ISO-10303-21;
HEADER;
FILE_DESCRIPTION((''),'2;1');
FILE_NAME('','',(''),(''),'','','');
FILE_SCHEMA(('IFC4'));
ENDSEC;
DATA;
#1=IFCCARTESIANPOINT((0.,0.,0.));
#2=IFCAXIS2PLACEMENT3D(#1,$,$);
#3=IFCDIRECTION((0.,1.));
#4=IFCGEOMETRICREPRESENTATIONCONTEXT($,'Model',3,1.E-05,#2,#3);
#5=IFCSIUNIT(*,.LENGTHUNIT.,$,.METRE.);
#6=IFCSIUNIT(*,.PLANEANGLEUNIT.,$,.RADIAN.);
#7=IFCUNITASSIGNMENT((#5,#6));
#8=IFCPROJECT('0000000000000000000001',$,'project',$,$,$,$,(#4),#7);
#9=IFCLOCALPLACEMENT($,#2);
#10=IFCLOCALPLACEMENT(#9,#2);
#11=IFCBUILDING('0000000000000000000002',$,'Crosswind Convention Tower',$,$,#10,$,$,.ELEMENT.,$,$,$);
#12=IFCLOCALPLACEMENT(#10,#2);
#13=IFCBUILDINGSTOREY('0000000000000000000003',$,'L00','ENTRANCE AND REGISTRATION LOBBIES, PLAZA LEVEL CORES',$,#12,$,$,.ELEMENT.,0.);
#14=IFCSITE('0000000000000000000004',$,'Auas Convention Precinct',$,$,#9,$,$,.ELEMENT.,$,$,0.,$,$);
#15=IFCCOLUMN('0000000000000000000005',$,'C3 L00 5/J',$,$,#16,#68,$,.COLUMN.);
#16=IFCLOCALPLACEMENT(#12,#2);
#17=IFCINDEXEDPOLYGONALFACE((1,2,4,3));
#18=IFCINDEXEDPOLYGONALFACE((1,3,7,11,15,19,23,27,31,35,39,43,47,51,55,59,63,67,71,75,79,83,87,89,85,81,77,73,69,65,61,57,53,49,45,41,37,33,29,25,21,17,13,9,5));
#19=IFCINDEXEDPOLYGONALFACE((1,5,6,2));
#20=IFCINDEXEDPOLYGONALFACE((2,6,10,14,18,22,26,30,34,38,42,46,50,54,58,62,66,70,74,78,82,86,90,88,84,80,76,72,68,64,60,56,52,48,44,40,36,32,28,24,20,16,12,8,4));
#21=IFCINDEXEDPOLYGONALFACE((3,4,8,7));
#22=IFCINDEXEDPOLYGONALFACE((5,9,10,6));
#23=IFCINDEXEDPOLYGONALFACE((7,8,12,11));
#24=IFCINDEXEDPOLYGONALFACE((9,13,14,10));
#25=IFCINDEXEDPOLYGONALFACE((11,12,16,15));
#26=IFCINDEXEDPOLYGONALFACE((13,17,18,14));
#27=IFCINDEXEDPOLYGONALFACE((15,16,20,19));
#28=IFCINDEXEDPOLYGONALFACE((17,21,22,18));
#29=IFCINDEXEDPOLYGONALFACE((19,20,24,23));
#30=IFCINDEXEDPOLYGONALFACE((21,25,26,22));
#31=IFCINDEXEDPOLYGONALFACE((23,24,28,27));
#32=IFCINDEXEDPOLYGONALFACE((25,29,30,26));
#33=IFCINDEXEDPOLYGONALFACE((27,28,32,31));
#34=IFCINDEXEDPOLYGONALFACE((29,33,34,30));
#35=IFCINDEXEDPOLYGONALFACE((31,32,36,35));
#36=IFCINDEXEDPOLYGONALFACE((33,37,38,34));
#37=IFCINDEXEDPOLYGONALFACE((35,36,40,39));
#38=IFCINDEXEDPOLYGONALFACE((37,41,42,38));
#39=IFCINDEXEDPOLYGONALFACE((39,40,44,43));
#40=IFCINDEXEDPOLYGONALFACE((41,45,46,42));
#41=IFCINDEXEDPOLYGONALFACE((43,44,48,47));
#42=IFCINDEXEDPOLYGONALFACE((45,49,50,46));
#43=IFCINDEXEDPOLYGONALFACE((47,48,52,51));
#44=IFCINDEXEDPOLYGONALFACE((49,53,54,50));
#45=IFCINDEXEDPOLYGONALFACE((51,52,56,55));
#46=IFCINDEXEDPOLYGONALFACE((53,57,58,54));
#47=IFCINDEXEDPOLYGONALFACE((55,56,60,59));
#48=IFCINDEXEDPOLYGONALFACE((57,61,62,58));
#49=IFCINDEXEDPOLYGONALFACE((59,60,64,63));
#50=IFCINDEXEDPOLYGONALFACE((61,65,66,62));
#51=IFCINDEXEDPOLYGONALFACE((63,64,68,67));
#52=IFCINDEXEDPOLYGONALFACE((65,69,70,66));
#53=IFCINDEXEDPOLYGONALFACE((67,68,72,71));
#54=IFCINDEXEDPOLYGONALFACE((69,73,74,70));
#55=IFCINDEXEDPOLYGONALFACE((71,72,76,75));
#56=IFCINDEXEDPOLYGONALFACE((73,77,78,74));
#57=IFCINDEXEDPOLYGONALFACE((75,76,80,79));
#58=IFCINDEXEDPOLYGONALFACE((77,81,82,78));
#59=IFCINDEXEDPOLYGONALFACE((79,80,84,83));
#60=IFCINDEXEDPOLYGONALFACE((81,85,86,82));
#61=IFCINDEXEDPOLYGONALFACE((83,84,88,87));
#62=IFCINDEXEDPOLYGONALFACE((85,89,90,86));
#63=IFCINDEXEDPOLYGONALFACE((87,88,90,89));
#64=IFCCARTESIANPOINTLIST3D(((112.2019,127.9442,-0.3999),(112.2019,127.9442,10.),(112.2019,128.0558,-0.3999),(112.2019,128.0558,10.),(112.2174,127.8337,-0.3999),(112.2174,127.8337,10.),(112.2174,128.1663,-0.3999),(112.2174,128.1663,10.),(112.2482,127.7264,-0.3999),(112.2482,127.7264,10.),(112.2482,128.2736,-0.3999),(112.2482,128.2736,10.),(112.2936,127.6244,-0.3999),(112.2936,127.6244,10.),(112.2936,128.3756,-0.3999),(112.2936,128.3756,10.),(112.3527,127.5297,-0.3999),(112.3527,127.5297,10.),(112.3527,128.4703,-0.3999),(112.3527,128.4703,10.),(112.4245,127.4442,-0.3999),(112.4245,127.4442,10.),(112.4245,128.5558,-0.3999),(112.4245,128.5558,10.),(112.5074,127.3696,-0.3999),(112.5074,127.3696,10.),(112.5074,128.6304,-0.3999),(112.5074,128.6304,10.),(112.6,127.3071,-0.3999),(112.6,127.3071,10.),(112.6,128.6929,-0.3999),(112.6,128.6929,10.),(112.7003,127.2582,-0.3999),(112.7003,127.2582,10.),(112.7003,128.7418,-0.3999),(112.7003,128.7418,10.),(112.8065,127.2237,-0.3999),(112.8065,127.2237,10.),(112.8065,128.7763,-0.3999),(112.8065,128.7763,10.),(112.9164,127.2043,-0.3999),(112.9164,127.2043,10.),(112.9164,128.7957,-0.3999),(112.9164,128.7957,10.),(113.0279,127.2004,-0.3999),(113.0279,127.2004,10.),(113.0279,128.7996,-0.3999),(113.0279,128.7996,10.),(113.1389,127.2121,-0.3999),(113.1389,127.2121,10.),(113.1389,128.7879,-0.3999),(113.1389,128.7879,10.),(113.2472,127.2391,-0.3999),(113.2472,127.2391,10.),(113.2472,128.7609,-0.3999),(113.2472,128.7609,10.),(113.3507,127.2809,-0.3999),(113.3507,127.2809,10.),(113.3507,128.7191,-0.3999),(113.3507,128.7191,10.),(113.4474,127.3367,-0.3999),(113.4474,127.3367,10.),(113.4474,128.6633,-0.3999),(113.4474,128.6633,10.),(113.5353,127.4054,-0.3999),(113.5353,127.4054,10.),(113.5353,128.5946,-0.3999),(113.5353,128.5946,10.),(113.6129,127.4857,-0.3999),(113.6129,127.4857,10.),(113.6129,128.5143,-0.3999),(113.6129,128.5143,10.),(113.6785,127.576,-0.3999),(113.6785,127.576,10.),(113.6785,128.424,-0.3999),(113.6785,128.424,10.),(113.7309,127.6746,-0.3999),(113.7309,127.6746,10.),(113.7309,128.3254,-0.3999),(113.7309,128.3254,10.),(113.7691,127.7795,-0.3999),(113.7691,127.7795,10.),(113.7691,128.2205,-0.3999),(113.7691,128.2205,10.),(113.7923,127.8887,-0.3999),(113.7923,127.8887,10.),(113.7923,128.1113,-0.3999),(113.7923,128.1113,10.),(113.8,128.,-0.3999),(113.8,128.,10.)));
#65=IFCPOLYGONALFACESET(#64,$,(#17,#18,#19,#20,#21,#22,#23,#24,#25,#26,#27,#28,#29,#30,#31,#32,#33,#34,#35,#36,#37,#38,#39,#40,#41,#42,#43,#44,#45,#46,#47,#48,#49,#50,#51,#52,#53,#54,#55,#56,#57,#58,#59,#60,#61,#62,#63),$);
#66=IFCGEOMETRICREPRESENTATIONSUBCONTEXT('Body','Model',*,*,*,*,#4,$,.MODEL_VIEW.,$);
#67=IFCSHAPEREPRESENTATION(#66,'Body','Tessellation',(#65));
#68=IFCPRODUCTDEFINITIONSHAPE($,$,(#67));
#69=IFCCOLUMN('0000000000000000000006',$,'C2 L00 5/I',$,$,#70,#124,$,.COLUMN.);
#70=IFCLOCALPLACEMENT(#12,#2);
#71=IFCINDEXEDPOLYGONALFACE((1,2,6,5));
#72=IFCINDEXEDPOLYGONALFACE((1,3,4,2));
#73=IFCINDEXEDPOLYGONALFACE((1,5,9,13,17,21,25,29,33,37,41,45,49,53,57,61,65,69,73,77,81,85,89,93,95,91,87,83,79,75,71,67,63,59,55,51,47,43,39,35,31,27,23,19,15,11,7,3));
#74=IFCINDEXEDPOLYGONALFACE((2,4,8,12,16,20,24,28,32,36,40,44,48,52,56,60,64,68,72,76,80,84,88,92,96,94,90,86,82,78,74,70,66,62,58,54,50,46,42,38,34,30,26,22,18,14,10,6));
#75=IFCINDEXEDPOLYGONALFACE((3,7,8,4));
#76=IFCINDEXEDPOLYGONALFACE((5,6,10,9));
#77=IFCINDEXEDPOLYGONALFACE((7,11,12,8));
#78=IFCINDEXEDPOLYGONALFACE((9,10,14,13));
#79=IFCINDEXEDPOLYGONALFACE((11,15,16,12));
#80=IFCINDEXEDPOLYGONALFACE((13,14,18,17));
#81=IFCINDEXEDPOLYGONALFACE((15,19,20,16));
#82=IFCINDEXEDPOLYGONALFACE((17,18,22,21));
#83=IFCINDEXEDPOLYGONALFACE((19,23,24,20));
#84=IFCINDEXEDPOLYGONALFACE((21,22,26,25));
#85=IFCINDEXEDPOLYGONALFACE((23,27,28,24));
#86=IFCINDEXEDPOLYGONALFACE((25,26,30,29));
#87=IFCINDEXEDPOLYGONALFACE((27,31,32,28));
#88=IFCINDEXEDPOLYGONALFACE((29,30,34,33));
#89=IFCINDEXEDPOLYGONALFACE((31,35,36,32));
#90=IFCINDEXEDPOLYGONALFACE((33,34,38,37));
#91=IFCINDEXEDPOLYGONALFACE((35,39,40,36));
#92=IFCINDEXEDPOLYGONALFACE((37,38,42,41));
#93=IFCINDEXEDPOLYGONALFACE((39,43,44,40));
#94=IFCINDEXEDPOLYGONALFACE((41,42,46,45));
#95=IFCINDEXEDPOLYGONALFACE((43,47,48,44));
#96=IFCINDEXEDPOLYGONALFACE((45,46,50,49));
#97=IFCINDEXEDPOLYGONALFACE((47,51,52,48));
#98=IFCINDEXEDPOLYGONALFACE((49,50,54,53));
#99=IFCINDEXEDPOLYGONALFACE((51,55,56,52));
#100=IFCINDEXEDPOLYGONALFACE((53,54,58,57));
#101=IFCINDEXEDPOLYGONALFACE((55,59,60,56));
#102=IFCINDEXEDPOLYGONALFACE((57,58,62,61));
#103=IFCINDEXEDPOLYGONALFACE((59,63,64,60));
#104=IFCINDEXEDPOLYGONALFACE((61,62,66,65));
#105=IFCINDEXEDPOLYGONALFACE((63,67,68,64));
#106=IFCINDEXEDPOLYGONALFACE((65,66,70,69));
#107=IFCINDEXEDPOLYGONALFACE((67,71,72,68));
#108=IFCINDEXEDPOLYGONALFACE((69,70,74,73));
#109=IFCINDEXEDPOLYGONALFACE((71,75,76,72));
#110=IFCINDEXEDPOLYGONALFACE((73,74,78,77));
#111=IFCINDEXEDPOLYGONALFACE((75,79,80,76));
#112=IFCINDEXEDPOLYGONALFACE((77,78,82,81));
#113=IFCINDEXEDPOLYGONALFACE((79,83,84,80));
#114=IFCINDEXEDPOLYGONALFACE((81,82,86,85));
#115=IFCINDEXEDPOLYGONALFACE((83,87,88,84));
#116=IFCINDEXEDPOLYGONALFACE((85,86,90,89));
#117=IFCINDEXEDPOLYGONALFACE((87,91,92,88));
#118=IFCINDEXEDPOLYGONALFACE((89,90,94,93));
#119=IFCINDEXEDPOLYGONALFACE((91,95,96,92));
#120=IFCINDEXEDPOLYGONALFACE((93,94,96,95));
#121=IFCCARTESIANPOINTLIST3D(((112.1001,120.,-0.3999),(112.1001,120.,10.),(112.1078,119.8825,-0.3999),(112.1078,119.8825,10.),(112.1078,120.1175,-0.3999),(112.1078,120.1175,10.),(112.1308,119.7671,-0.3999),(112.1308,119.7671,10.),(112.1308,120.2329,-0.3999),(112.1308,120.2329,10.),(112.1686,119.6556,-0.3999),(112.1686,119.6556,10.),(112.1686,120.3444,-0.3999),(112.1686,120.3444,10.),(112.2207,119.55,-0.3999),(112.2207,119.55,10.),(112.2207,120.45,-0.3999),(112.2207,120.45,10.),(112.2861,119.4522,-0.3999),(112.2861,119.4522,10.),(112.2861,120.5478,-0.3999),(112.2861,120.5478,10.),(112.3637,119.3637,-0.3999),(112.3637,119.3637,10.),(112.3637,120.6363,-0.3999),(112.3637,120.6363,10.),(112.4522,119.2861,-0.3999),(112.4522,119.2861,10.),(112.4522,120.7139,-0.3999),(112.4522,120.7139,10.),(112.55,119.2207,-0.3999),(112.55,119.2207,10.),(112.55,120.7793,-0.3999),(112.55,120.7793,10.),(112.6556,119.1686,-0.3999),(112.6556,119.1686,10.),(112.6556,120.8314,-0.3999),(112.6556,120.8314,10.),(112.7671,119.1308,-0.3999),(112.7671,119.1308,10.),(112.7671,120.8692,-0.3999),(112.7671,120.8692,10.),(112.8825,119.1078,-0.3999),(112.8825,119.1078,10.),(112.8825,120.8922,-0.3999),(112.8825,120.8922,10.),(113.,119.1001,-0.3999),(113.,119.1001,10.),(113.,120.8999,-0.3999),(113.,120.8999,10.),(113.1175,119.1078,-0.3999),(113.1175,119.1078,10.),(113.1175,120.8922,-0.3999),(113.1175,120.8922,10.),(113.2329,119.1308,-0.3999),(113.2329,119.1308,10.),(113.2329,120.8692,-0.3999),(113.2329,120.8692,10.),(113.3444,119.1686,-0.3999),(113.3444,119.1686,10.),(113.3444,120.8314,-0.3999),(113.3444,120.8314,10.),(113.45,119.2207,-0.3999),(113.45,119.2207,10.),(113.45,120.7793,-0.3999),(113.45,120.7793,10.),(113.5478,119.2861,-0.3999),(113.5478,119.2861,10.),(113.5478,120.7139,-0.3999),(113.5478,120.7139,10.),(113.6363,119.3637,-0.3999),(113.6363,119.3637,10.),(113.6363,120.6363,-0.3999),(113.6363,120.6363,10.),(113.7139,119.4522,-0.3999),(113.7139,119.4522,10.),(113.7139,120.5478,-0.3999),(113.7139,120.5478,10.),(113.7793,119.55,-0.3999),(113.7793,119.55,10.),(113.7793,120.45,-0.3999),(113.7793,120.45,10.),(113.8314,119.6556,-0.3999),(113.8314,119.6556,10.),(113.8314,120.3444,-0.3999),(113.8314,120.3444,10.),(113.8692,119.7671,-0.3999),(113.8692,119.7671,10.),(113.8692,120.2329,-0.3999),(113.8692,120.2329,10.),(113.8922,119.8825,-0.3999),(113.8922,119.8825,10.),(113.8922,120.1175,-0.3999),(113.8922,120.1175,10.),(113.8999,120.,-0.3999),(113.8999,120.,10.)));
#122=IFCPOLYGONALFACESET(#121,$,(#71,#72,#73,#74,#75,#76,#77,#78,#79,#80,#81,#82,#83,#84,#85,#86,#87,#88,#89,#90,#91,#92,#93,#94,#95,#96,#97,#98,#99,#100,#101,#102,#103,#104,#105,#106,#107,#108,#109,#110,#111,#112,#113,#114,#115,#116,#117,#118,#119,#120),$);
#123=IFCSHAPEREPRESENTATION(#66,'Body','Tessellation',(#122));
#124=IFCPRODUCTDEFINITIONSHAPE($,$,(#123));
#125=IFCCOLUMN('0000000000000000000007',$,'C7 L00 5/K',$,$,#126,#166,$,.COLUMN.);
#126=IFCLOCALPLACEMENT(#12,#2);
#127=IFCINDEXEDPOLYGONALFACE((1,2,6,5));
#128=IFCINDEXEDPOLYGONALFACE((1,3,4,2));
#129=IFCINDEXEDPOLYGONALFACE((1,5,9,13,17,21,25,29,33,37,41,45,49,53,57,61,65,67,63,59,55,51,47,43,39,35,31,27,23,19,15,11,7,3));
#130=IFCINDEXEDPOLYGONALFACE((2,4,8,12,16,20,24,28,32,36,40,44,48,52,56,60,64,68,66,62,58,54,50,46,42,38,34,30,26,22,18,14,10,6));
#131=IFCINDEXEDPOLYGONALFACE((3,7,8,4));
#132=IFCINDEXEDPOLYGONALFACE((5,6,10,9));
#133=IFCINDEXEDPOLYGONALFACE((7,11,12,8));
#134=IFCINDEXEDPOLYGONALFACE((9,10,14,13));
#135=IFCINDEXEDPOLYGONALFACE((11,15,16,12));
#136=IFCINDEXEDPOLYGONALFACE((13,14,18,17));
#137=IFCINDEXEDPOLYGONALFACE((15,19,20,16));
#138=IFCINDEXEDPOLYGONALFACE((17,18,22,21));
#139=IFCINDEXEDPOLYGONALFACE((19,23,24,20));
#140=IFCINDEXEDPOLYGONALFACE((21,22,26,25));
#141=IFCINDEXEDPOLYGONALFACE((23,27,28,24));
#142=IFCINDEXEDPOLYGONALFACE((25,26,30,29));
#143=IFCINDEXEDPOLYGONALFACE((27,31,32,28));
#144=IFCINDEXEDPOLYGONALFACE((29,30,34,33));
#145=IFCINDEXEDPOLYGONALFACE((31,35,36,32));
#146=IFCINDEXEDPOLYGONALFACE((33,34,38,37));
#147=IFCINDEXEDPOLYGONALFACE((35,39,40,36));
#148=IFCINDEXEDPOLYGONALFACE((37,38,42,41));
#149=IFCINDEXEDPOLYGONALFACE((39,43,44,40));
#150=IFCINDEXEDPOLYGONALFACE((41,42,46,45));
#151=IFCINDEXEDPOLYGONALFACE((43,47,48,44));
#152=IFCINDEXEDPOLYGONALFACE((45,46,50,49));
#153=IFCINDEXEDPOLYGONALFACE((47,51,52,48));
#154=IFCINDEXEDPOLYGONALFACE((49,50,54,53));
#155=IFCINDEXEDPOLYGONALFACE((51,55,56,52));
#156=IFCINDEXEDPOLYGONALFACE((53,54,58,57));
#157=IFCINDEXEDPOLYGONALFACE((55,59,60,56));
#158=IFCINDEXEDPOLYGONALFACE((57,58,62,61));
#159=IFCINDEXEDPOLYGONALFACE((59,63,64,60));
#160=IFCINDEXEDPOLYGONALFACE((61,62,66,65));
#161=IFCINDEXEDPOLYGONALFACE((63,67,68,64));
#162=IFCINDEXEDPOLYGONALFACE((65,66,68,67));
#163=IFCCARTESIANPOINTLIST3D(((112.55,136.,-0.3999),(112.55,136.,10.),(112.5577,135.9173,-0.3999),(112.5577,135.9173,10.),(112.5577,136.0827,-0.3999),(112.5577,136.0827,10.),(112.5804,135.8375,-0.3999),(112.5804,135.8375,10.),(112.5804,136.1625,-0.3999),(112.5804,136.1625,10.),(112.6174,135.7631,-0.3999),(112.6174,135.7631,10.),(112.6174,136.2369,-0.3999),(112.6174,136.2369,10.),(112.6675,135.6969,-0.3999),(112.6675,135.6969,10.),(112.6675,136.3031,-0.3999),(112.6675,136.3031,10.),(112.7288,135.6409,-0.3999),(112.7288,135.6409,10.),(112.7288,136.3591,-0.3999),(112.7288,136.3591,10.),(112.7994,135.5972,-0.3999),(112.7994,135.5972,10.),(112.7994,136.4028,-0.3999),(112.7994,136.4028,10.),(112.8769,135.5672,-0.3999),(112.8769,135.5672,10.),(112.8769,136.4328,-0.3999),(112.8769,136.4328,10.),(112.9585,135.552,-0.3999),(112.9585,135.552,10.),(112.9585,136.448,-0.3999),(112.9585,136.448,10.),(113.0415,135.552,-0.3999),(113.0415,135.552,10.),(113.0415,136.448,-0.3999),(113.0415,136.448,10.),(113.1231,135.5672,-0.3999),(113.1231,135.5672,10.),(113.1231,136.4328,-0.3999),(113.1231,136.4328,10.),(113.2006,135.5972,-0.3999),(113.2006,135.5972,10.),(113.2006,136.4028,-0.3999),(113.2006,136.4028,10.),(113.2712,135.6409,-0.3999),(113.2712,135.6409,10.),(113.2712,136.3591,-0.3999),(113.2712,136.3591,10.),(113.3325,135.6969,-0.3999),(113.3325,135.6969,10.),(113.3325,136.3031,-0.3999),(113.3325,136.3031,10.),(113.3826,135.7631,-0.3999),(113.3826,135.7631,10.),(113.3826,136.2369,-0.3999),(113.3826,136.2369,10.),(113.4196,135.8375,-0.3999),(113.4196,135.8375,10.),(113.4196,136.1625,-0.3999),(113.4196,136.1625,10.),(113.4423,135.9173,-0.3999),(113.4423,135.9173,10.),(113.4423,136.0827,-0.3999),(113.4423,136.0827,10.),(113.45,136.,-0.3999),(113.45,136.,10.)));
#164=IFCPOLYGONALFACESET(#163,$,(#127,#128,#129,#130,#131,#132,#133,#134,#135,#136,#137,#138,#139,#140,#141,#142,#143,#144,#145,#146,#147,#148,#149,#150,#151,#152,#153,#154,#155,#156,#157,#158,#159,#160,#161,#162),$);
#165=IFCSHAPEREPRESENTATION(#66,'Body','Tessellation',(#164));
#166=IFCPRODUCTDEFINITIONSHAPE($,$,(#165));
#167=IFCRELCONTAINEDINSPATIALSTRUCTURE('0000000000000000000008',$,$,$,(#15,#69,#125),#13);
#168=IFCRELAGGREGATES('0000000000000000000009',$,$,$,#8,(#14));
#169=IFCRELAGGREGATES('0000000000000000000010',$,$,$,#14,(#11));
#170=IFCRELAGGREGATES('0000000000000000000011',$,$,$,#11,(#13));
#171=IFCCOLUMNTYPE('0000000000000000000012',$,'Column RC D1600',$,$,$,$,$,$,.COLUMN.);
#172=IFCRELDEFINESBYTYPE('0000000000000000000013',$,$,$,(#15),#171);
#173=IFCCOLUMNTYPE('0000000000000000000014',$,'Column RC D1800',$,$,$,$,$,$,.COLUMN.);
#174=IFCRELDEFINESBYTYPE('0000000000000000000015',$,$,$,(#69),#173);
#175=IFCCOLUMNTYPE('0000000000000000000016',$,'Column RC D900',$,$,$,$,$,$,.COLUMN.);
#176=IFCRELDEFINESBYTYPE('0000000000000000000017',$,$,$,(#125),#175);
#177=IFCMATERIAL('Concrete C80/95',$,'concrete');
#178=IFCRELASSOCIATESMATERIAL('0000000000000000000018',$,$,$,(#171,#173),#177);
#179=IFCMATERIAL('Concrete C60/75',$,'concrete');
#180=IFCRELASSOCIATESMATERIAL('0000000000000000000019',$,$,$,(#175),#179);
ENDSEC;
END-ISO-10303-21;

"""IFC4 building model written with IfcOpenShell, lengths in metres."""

from ifc_helpers import new_model, si_unit, direction, frame, origin, origin_2d, place, context, subcontext, project, spatial, circle, extrude, material, material_profile, profile_set, type_object, element, save


model = new_model("IFC4")

# Units and contexts
model_context = context("Model", 3, precision=1e-05, world=origin(), true_north=direction((0.0, 1.0)))
body_context = subcontext(model_context, "Body", "Model", "MODEL_VIEW")
ifc_project = project(units=[si_unit("LENGTHUNIT", "METRE"), si_unit("PLANEANGLEUNIT", "RADIAN")], contexts=[model_context])

# Site, building, storey
site_placement = place(None, origin())
site = spatial("IfcSite", under=ifc_project, at=site_placement, Name="Auas Convention Precinct", CompositionType="ELEMENT", RefElevation=0.0)
building_placement = place(site_placement, origin())
building = spatial("IfcBuilding", under=site, at=building_placement, Name="Crosswind Convention Tower", CompositionType="ELEMENT")
storey_placement = place(building_placement, origin())
storey = spatial("IfcBuildingStorey", under=building, at=storey_placement, Name="L00", Description="ENTRANCE AND REGISTRATION LOBBIES, PLAZA LEVEL CORES", CompositionType="ELEMENT", Elevation=0.0)

# Columns
ifc_material_1 = material(Name="Concrete C80/95", Category="concrete")
ifc_material_profile_1 = material_profile(ifc_material_1, circle(Radius=0.8, at=origin_2d()), Name="RC D1600")
ifc_profile_set_1 = profile_set([ifc_material_profile_1], Name="Concrete C80/95")
column_type_1 = type_object("IfcColumnType", Name="Column RC D1600", PredefinedType="COLUMN", material=ifc_profile_set_1)
column_1_placement = place(storey_placement, frame((113.0, 128.0, -0.3999), z_axis=(0.0, 0.0, 1.0), x_axis=(1.0, 0.0, 0.0)))
element("IfcColumn", 1, at=column_1_placement, inside=storey, type_object=column_type_1, Name="C3 L00 5/J", PredefinedType="COLUMN", context=body_context, shape_type="SweptSolid", body=[
    extrude(circle(Radius=0.8, at=origin_2d()), origin(), (0.0, 0.0, 1.0), 10.3999),
])
ifc_material_profile_2 = material_profile(ifc_material_1, circle(Radius=0.8999, at=origin_2d()), Name="RC D1800")
ifc_profile_set_2 = profile_set([ifc_material_profile_2], Name="Concrete C80/95")
column_type_2 = type_object("IfcColumnType", Name="Column RC D1800", PredefinedType="COLUMN", material=ifc_profile_set_2)
column_2_placement = place(storey_placement, frame((113.0, 120.0, -0.3999), z_axis=(0.0, 0.0, 1.0), x_axis=(1.0, 0.0, 0.0)))
element("IfcColumn", 2, at=column_2_placement, inside=storey, type_object=column_type_2, Name="C2 L00 5/I", PredefinedType="COLUMN", context=body_context, shape_type="SweptSolid", body=[
    extrude(circle(Radius=0.8999, at=origin_2d()), origin(), (0.0, 0.0, 1.0), 10.3999),
])
ifc_material_2 = material(Name="Concrete C60/75", Category="concrete")
ifc_material_profile_3 = material_profile(ifc_material_2, circle(Radius=0.45, at=origin_2d()), Name="RC D900")
ifc_profile_set_3 = profile_set([ifc_material_profile_3], Name="Concrete C60/75")
column_type_3 = type_object("IfcColumnType", Name="Column RC D900", PredefinedType="COLUMN", material=ifc_profile_set_3)
for number, where, z_axis, x_axis, name in (
    (3, (113.0, 136.0, -0.3999), (0.0, 0.0, 1.0), (1.0, 0.0, 0.0), "C7 L00 5/K"),
):
    element("IfcColumn", number, at=place(storey_placement, frame(where, z_axis=z_axis, x_axis=x_axis)), inside=storey, type_object=column_type_3, Name=name, PredefinedType="COLUMN", context=body_context, shape_type="SweptSolid", body=[
        extrude(circle(Radius=0.45, at=origin_2d()), origin(), (0.0, 0.0, 1.0), 10.3999),
    ])

save(model, "model.ifc")
